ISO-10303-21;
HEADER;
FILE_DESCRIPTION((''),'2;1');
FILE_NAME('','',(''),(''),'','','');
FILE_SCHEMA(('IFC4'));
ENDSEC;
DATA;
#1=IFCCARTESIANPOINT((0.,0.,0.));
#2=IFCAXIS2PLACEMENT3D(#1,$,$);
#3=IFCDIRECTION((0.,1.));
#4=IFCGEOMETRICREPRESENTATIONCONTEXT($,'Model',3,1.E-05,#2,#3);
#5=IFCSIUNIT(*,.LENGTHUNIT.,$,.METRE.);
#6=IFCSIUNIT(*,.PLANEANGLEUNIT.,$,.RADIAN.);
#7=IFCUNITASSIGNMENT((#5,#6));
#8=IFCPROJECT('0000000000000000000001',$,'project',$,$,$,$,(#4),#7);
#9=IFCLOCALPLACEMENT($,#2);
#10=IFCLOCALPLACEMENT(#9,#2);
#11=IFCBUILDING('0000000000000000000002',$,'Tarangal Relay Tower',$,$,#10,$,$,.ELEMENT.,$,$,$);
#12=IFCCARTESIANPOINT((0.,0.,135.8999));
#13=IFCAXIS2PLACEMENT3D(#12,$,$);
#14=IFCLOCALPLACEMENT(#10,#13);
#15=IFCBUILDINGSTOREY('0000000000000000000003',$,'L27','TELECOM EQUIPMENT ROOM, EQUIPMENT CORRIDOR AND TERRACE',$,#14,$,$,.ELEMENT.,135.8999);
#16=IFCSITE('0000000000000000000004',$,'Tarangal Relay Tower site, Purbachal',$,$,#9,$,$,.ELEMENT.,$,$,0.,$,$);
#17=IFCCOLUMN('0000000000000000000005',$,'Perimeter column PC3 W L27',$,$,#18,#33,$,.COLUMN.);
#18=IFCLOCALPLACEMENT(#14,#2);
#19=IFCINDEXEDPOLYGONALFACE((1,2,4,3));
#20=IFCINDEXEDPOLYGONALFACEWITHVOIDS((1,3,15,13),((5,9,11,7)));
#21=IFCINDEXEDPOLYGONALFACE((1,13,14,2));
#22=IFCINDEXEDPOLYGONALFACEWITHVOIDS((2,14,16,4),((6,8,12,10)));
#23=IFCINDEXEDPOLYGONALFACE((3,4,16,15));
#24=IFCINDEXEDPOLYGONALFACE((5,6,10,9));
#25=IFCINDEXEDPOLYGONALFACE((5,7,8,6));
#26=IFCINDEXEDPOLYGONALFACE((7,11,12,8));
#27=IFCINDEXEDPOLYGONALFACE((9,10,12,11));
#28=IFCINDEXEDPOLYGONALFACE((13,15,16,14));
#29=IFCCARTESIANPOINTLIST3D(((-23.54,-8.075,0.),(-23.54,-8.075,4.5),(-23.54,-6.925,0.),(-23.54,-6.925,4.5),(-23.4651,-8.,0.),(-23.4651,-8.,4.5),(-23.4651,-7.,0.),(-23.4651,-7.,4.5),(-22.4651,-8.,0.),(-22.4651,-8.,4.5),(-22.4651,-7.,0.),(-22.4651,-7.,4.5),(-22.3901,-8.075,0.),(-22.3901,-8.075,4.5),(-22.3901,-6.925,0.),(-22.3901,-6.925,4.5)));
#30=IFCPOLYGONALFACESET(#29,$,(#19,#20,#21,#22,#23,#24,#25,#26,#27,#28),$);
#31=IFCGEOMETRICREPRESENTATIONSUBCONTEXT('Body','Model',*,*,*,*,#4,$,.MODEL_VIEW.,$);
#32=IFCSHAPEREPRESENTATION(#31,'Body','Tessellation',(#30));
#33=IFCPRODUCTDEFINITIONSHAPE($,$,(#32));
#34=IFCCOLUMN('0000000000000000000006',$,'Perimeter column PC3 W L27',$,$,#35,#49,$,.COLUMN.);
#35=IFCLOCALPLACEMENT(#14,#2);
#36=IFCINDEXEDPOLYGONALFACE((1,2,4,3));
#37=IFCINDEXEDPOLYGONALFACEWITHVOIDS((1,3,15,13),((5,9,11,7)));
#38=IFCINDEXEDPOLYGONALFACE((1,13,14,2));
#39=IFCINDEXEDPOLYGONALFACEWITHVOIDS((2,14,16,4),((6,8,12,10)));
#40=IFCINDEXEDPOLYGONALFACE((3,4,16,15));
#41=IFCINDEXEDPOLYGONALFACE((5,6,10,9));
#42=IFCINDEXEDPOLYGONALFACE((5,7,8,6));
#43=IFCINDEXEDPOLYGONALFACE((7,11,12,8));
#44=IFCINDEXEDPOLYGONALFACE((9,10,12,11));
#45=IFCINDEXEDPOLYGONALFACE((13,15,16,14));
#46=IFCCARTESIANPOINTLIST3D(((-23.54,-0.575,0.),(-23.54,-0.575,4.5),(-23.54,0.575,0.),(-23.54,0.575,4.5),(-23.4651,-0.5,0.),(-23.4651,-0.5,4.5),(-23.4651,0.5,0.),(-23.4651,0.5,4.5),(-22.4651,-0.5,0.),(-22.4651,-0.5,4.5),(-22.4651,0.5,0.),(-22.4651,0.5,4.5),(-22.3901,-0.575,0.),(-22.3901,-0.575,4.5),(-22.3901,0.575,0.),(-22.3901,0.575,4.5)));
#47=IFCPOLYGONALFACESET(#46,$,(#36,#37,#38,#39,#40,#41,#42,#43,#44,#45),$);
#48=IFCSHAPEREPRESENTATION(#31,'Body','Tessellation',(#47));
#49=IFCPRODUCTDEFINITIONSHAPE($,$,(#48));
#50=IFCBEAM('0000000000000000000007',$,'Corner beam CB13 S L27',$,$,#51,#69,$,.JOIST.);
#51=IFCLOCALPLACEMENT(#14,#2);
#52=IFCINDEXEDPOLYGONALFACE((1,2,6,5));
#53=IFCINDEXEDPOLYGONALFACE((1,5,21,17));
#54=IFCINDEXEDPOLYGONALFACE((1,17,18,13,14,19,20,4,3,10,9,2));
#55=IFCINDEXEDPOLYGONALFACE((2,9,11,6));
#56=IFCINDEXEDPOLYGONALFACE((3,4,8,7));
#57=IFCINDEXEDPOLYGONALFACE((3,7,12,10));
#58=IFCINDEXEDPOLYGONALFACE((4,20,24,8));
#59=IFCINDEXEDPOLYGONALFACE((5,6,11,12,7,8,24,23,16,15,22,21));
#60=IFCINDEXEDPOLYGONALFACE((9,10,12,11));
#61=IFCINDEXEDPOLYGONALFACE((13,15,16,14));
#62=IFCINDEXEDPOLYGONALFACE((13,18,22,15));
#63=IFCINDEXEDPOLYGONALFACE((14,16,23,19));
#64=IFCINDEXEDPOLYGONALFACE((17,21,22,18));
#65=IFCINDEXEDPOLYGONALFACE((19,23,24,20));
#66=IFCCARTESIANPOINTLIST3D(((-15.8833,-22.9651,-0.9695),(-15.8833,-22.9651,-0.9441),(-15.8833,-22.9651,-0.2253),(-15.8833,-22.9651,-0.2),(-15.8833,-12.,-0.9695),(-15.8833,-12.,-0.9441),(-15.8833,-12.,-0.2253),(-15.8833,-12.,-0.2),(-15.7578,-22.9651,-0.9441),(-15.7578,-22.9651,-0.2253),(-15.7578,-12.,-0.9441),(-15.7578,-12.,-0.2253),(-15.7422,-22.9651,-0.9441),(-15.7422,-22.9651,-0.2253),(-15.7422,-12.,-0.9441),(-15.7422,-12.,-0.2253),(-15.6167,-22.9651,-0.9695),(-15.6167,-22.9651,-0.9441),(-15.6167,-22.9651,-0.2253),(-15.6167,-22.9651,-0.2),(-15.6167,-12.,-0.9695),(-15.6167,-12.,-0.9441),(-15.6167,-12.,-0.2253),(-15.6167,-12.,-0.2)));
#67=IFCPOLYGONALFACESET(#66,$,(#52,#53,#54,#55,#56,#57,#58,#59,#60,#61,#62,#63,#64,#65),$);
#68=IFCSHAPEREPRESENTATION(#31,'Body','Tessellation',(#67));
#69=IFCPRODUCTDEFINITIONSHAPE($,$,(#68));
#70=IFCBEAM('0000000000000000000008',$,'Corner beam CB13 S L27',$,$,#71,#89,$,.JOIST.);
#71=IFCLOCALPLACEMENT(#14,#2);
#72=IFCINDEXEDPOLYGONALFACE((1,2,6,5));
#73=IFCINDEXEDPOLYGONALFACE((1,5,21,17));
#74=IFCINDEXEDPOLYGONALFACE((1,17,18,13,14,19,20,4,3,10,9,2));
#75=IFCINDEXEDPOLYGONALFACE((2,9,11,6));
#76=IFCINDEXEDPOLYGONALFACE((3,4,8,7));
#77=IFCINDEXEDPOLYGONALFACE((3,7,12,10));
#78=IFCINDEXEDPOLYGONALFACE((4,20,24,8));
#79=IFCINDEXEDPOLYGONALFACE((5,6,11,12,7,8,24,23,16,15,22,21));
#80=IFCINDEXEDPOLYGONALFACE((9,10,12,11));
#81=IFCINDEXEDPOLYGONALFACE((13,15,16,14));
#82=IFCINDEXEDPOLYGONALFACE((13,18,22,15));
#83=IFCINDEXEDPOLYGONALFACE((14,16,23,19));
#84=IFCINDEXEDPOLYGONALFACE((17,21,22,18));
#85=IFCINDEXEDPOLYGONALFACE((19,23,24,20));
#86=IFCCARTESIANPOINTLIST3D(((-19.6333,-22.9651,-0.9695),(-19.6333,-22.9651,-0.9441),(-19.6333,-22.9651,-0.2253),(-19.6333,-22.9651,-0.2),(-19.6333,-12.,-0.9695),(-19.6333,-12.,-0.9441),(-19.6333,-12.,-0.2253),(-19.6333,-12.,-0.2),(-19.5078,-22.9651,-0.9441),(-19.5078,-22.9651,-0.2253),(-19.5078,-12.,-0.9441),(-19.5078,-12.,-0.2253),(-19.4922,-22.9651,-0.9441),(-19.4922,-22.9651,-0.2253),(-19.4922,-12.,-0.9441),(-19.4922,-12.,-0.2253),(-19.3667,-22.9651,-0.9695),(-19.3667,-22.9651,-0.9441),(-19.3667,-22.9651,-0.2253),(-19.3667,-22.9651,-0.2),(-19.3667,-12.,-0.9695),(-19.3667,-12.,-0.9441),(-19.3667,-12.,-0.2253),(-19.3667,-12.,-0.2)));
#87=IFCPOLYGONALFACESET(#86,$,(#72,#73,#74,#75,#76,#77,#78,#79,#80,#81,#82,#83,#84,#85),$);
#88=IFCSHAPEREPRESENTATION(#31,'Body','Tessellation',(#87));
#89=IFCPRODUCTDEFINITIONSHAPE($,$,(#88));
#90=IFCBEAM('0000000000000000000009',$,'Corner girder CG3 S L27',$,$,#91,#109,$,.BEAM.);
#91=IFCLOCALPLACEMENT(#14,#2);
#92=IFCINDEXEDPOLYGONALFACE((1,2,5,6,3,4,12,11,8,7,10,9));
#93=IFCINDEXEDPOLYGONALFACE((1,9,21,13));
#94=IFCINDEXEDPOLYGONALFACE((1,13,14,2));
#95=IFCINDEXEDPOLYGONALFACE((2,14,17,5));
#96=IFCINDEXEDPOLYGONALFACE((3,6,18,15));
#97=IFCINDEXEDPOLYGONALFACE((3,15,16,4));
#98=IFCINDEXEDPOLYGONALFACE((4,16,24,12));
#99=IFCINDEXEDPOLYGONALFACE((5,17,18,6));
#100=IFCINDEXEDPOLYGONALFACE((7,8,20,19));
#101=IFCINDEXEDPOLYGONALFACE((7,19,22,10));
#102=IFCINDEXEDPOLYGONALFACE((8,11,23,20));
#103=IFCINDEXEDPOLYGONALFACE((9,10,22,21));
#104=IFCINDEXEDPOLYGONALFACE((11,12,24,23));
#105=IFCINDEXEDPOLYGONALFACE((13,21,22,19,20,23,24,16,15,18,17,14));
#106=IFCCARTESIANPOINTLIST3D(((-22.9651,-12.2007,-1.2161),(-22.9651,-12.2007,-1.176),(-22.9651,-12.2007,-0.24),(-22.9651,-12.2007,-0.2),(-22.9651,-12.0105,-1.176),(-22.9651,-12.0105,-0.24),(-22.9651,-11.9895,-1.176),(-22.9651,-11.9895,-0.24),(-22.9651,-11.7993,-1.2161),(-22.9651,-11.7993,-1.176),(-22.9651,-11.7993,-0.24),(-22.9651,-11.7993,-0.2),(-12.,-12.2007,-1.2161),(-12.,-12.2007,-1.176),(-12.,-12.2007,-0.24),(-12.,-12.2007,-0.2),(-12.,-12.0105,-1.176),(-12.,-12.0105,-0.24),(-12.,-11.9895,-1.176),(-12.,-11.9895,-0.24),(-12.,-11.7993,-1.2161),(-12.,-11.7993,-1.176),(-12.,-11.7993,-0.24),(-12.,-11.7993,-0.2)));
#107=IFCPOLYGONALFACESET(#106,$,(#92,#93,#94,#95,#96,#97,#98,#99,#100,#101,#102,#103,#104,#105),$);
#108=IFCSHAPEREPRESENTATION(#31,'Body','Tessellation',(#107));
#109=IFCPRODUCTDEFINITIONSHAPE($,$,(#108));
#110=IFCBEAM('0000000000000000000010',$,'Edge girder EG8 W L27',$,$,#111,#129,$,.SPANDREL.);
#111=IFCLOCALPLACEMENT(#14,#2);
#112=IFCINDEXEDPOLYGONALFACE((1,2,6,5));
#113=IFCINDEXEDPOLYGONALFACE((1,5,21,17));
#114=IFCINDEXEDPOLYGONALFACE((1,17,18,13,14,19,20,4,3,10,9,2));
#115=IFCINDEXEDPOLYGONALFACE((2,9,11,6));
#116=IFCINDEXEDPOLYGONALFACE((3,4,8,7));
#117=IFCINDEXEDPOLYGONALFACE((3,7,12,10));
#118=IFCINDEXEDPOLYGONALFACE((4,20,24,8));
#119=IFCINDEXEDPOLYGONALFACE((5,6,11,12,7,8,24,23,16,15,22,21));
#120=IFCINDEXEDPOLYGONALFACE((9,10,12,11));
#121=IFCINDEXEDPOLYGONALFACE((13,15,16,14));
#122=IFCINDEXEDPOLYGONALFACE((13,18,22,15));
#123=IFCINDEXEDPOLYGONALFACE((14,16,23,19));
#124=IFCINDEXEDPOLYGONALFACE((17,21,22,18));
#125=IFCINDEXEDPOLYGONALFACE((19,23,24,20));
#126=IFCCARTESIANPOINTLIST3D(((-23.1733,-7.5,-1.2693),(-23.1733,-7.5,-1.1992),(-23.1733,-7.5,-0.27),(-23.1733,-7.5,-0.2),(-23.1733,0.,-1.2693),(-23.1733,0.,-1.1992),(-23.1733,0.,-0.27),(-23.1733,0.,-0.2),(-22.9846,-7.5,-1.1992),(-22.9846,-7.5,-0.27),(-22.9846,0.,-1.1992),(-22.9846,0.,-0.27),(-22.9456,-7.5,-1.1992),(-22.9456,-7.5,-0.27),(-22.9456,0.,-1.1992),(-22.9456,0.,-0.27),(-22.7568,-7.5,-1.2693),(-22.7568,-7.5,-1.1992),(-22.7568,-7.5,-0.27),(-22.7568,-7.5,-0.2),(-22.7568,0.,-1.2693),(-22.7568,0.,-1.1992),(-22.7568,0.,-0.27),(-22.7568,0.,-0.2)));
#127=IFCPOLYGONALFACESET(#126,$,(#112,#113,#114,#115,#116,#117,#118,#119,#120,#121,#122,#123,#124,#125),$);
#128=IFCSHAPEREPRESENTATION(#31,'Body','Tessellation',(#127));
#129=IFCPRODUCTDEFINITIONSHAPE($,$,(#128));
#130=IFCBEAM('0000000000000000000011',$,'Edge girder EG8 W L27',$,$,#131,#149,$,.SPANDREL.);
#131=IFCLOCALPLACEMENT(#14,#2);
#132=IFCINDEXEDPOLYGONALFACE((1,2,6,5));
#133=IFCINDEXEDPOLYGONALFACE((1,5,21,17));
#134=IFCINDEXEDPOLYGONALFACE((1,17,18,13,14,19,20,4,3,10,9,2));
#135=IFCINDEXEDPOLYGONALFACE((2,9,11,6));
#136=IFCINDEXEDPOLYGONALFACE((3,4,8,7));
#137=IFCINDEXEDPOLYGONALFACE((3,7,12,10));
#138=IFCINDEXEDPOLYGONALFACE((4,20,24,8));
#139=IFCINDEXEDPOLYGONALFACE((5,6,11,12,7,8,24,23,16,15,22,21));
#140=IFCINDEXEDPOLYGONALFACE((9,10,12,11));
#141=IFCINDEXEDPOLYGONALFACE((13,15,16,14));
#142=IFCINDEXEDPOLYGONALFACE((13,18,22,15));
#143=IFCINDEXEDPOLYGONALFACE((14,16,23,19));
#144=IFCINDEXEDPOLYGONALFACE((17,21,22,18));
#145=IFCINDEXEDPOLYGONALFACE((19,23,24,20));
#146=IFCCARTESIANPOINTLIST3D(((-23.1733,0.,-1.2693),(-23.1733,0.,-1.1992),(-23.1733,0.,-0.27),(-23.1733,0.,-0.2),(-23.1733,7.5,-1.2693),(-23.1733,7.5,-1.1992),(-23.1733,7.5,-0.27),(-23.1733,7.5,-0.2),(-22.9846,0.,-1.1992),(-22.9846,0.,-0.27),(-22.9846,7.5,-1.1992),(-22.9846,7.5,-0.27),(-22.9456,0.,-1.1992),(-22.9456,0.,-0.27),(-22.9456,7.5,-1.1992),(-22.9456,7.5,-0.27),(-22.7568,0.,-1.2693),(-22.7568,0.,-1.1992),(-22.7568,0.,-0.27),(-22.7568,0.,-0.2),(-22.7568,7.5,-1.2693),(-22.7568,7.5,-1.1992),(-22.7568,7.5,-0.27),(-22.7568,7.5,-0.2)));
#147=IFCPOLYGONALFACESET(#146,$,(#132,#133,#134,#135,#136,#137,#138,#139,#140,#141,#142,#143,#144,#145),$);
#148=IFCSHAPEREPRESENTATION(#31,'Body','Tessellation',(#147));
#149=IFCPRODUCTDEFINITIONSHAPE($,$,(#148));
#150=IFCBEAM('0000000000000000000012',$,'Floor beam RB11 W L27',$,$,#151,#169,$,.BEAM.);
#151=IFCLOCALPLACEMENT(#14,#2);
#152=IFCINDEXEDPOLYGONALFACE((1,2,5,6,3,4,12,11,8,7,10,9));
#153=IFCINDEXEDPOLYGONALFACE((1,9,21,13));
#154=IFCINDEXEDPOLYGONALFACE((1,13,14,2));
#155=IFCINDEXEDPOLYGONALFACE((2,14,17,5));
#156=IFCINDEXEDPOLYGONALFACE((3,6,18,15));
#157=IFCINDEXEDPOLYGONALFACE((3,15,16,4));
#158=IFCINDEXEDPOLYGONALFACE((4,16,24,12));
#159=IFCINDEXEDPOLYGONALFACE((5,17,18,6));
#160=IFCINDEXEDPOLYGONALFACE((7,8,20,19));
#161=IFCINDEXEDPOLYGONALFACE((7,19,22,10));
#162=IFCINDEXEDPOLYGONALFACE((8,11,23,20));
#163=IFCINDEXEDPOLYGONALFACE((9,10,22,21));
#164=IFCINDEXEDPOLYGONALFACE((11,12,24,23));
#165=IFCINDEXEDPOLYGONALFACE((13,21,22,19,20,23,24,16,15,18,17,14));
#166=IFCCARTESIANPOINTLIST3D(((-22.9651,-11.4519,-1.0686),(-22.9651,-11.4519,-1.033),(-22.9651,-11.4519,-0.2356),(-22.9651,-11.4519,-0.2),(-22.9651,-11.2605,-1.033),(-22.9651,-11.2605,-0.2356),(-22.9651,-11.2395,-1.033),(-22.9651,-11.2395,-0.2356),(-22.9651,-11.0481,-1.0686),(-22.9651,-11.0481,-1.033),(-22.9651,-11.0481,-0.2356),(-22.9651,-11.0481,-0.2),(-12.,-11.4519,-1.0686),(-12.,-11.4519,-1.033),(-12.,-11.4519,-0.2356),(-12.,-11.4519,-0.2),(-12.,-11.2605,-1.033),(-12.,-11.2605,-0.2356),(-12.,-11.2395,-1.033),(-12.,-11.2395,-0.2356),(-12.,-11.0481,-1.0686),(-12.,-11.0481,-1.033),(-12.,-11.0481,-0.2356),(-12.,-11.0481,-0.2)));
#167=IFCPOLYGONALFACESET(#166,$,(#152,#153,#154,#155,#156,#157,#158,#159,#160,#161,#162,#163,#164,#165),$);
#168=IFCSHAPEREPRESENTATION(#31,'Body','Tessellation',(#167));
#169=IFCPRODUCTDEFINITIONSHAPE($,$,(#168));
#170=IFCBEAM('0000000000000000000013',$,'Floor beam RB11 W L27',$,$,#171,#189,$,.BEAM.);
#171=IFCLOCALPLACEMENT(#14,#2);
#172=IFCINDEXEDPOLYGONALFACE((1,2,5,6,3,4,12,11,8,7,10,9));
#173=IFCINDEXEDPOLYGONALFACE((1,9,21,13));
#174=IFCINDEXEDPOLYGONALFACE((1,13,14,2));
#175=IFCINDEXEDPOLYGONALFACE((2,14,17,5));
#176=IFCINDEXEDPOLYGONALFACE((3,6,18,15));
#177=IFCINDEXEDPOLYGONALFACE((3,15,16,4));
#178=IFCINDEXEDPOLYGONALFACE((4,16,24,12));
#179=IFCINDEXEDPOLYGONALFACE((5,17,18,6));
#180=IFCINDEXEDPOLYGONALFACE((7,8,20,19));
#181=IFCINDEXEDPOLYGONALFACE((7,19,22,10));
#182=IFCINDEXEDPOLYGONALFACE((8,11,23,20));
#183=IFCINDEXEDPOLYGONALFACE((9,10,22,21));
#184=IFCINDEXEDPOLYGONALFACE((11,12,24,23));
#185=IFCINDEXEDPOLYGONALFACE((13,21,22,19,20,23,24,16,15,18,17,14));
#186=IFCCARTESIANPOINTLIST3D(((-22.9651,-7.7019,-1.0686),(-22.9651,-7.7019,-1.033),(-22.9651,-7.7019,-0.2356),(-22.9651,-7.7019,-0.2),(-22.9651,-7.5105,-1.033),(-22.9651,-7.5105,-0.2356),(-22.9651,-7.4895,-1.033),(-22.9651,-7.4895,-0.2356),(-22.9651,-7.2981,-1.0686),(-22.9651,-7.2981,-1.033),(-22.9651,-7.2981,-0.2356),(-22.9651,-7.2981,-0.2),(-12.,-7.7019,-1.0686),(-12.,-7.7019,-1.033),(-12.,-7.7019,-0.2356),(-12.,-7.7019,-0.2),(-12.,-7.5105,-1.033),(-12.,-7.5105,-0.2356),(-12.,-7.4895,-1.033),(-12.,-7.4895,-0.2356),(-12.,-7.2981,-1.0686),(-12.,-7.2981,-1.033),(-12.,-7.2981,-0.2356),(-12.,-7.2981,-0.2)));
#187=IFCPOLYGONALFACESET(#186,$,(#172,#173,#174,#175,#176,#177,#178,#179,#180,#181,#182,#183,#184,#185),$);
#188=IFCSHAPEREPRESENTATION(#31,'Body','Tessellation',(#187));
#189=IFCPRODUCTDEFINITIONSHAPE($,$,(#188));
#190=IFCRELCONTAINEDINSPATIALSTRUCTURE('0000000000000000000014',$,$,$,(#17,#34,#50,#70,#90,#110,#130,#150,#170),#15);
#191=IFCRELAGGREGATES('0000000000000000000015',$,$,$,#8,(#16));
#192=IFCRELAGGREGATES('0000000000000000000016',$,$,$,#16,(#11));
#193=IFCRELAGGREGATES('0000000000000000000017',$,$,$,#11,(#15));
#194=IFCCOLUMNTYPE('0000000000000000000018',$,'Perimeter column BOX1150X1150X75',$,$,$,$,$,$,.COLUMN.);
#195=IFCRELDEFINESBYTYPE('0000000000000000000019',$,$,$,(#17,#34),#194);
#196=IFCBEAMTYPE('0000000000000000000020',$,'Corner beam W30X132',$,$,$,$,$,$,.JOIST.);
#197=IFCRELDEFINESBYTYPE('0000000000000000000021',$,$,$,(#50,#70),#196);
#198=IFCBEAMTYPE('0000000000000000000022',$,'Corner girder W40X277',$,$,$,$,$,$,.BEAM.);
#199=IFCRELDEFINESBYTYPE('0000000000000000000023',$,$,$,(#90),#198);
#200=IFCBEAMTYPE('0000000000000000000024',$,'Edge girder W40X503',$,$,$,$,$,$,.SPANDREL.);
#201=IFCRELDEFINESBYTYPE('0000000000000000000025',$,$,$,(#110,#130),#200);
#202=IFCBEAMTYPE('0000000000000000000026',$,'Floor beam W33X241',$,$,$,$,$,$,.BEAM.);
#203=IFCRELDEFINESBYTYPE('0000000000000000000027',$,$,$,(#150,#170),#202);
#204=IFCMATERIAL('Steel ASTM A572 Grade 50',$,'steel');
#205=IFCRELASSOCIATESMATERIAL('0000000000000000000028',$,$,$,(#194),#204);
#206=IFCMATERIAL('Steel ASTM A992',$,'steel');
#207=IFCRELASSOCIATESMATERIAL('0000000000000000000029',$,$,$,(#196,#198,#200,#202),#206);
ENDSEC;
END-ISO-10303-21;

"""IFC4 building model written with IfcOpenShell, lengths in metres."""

from ifc_helpers import new_model, si_unit, direction, frame, origin, origin_2d, place, context, subcontext, project, spatial, hollow_rectangle, i_section, extrude, material, material_profile, profile_set, type_object, element, save


model = new_model("IFC4")

# Units and contexts
model_context = context("Model", 3, precision=1e-05, world=origin(), true_north=direction((0.0, 1.0)))
body_context = subcontext(model_context, "Body", "Model", "MODEL_VIEW")
ifc_project = project(units=[si_unit("LENGTHUNIT", "METRE"), si_unit("PLANEANGLEUNIT", "RADIAN")], contexts=[model_context])

# Site, building, storey
site_placement = place(None, origin())
site = spatial("IfcSite", under=ifc_project, at=site_placement, Name="Tarangal Relay Tower site, Purbachal", CompositionType="ELEMENT", RefElevation=0.0)
building_placement = place(site_placement, origin())
building = spatial("IfcBuilding", under=site, at=building_placement, Name="Tarangal Relay Tower", CompositionType="ELEMENT")
storey_placement = place(building_placement, frame((0.0, 0.0, 135.8999)))
storey = spatial("IfcBuildingStorey", under=building, at=storey_placement, Name="L27", Description="TELECOM EQUIPMENT ROOM, EQUIPMENT CORRIDOR AND TERRACE", CompositionType="ELEMENT", Elevation=135.8999)

# Columns
ifc_material_1 = material(Name="Steel ASTM A572 Grade 50", Category="steel")
ifc_material_profile_1 = material_profile(ifc_material_1, hollow_rectangle(XDim=1.1499, YDim=1.1499, WallThickness=0.075, at=origin_2d()), Name="BOX1150X1150X75")
ifc_profile_set_1 = profile_set([ifc_material_profile_1], Name="Steel ASTM A572 Grade 50")
column_type = type_object("IfcColumnType", Name="Perimeter column BOX1150X1150X75", PredefinedType="COLUMN", material=ifc_profile_set_1)
for number, where, z_axis, x_axis, name in (
    (1, (-22.9651, -7.5, 0.0), (0.0, 0.0, 1.0), (1.0, 0.0, 0.0), "Perimeter column PC3 W L27"),
    (2, (-22.9651, 0.0, 0.0), (0.0, 0.0, 1.0), (1.0, 0.0, 0.0), "Perimeter column PC3 W L27"),
):
    element("IfcColumn", number, at=place(storey_placement, frame(where, z_axis=z_axis, x_axis=x_axis)), inside=storey, type_object=column_type, Name=name, PredefinedType="COLUMN", context=body_context, shape_type="SweptSolid", body=[
        extrude(hollow_rectangle(XDim=1.1499, YDim=1.1499, WallThickness=0.075, at=origin_2d()), origin(), (0.0, 0.0, 1.0), 4.5),
    ])

# Beams
ifc_material_2 = material(Name="Steel ASTM A992", Category="steel")
ifc_material_profile_2 = material_profile(ifc_material_2, i_section(OverallWidth=0.2666, OverallDepth=0.7695, WebThickness=0.0156, FlangeThickness=0.0254, at=origin_2d()), Name="W30X132")
ifc_profile_set_2 = profile_set([ifc_material_profile_2], Name="Steel ASTM A992")
beam_type_1 = type_object("IfcBeamType", Name="Corner beam W30X132", PredefinedType="JOIST", material=ifc_profile_set_2)
for number, where, z_axis, x_axis, name in (
    (3, (-15.75, -12.0, -0.5847), (0.0, -1.0, 0.0), (1.0, 0.0, 0.0), "Corner beam CB13 S L27"),
    (4, (-19.5, -12.0, -0.5847), (0.0, -1.0, 0.0), (1.0, 0.0, 0.0), "Corner beam CB13 S L27"),
):
    element("IfcBeam", number, at=place(storey_placement, frame(where, z_axis=z_axis, x_axis=x_axis)), inside=storey, type_object=beam_type_1, Name=name, PredefinedType="JOIST", context=body_context, shape_type="SweptSolid", body=[
        extrude(i_section(OverallWidth=0.2666, OverallDepth=0.7695, WebThickness=0.0156, FlangeThickness=0.0254, at=origin_2d()), origin(), (0.0, 0.0, 1.0), 10.9651),
    ])
ifc_material_profile_3 = material_profile(ifc_material_2, i_section(OverallWidth=0.4014, OverallDepth=1.0161, WebThickness=0.021, FlangeThickness=0.04, at=origin_2d()), Name="W40X277")
ifc_profile_set_3 = profile_set([ifc_material_profile_3], Name="Steel ASTM A992")
beam_type_2 = type_object("IfcBeamType", Name="Corner girder W40X277", PredefinedType="BEAM", material=ifc_profile_set_3)
beam_placement = place(storey_placement, frame((-12.0, -12.0, -0.708), z_axis=(-1.0, 0.0, 0.0), x_axis=(0.0, -1.0, 0.0)))
element("IfcBeam", 5, at=beam_placement, inside=storey, type_object=beam_type_2, Name="Corner girder CG3 S L27", PredefinedType="BEAM", context=body_context, shape_type="SweptSolid", body=[
    extrude(i_section(OverallWidth=0.4014, OverallDepth=1.0161, WebThickness=0.021, FlangeThickness=0.04, at=origin_2d()), origin(), (0.0, 0.0, 1.0), 10.9651),
])
ifc_material_profile_4 = material_profile(ifc_material_2, i_section(OverallWidth=0.4165, OverallDepth=1.0693, WebThickness=0.0391, FlangeThickness=0.0701, at=origin_2d()), Name="W40X503")
ifc_profile_set_4 = profile_set([ifc_material_profile_4], Name="Steel ASTM A992")
beam_type_3 = type_object("IfcBeamType", Name="Edge girder W40X503", PredefinedType="SPANDREL", material=ifc_profile_set_4)
for number, where, z_axis, x_axis, name in (
    (6, (-22.9651, -7.5, -0.7346), (0.0, 1.0, 0.0), (-1.0, 0.0, 0.0), "Edge girder EG8 W L27"),
    (7, (-22.9651, 0.0, -0.7346), (0.0, 1.0, 0.0), (-1.0, 0.0, 0.0), "Edge girder EG8 W L27"),
):
    element("IfcBeam", number, at=place(storey_placement, frame(where, z_axis=z_axis, x_axis=x_axis)), inside=storey, type_object=beam_type_3, Name=name, PredefinedType="SPANDREL", context=body_context, shape_type="SweptSolid", body=[
        extrude(i_section(OverallWidth=0.4165, OverallDepth=1.0693, WebThickness=0.0391, FlangeThickness=0.0701, at=origin_2d()), origin(), (0.0, 0.0, 1.0), 7.5),
    ])
ifc_material_profile_5 = material_profile(ifc_material_2, i_section(OverallWidth=0.4038, OverallDepth=0.8687, WebThickness=0.021, FlangeThickness=0.0356, at=origin_2d()), Name="W33X241")
ifc_profile_set_5 = profile_set([ifc_material_profile_5], Name="Steel ASTM A992")
beam_type_4 = type_object("IfcBeamType", Name="Floor beam W33X241", PredefinedType="BEAM", material=ifc_profile_set_5)
for number, where, z_axis, x_axis, name in (
    (8, (-12.0, -11.25, -0.6343), (-1.0, 0.0, 0.0), (0.0, -1.0, 0.0), "Floor beam RB11 W L27"),
    (9, (-12.0, -7.5, -0.6343), (-1.0, 0.0, 0.0), (0.0, -1.0, 0.0), "Floor beam RB11 W L27"),
):
    element("IfcBeam", number, at=place(storey_placement, frame(where, z_axis=z_axis, x_axis=x_axis)), inside=storey, type_object=beam_type_4, Name=name, PredefinedType="BEAM", context=body_context, shape_type="SweptSolid", body=[
        extrude(i_section(OverallWidth=0.4038, OverallDepth=0.8687, WebThickness=0.021, FlangeThickness=0.0356, at=origin_2d()), origin(), (0.0, 0.0, 1.0), 10.9651),
    ])

save(model, "model.ifc")
